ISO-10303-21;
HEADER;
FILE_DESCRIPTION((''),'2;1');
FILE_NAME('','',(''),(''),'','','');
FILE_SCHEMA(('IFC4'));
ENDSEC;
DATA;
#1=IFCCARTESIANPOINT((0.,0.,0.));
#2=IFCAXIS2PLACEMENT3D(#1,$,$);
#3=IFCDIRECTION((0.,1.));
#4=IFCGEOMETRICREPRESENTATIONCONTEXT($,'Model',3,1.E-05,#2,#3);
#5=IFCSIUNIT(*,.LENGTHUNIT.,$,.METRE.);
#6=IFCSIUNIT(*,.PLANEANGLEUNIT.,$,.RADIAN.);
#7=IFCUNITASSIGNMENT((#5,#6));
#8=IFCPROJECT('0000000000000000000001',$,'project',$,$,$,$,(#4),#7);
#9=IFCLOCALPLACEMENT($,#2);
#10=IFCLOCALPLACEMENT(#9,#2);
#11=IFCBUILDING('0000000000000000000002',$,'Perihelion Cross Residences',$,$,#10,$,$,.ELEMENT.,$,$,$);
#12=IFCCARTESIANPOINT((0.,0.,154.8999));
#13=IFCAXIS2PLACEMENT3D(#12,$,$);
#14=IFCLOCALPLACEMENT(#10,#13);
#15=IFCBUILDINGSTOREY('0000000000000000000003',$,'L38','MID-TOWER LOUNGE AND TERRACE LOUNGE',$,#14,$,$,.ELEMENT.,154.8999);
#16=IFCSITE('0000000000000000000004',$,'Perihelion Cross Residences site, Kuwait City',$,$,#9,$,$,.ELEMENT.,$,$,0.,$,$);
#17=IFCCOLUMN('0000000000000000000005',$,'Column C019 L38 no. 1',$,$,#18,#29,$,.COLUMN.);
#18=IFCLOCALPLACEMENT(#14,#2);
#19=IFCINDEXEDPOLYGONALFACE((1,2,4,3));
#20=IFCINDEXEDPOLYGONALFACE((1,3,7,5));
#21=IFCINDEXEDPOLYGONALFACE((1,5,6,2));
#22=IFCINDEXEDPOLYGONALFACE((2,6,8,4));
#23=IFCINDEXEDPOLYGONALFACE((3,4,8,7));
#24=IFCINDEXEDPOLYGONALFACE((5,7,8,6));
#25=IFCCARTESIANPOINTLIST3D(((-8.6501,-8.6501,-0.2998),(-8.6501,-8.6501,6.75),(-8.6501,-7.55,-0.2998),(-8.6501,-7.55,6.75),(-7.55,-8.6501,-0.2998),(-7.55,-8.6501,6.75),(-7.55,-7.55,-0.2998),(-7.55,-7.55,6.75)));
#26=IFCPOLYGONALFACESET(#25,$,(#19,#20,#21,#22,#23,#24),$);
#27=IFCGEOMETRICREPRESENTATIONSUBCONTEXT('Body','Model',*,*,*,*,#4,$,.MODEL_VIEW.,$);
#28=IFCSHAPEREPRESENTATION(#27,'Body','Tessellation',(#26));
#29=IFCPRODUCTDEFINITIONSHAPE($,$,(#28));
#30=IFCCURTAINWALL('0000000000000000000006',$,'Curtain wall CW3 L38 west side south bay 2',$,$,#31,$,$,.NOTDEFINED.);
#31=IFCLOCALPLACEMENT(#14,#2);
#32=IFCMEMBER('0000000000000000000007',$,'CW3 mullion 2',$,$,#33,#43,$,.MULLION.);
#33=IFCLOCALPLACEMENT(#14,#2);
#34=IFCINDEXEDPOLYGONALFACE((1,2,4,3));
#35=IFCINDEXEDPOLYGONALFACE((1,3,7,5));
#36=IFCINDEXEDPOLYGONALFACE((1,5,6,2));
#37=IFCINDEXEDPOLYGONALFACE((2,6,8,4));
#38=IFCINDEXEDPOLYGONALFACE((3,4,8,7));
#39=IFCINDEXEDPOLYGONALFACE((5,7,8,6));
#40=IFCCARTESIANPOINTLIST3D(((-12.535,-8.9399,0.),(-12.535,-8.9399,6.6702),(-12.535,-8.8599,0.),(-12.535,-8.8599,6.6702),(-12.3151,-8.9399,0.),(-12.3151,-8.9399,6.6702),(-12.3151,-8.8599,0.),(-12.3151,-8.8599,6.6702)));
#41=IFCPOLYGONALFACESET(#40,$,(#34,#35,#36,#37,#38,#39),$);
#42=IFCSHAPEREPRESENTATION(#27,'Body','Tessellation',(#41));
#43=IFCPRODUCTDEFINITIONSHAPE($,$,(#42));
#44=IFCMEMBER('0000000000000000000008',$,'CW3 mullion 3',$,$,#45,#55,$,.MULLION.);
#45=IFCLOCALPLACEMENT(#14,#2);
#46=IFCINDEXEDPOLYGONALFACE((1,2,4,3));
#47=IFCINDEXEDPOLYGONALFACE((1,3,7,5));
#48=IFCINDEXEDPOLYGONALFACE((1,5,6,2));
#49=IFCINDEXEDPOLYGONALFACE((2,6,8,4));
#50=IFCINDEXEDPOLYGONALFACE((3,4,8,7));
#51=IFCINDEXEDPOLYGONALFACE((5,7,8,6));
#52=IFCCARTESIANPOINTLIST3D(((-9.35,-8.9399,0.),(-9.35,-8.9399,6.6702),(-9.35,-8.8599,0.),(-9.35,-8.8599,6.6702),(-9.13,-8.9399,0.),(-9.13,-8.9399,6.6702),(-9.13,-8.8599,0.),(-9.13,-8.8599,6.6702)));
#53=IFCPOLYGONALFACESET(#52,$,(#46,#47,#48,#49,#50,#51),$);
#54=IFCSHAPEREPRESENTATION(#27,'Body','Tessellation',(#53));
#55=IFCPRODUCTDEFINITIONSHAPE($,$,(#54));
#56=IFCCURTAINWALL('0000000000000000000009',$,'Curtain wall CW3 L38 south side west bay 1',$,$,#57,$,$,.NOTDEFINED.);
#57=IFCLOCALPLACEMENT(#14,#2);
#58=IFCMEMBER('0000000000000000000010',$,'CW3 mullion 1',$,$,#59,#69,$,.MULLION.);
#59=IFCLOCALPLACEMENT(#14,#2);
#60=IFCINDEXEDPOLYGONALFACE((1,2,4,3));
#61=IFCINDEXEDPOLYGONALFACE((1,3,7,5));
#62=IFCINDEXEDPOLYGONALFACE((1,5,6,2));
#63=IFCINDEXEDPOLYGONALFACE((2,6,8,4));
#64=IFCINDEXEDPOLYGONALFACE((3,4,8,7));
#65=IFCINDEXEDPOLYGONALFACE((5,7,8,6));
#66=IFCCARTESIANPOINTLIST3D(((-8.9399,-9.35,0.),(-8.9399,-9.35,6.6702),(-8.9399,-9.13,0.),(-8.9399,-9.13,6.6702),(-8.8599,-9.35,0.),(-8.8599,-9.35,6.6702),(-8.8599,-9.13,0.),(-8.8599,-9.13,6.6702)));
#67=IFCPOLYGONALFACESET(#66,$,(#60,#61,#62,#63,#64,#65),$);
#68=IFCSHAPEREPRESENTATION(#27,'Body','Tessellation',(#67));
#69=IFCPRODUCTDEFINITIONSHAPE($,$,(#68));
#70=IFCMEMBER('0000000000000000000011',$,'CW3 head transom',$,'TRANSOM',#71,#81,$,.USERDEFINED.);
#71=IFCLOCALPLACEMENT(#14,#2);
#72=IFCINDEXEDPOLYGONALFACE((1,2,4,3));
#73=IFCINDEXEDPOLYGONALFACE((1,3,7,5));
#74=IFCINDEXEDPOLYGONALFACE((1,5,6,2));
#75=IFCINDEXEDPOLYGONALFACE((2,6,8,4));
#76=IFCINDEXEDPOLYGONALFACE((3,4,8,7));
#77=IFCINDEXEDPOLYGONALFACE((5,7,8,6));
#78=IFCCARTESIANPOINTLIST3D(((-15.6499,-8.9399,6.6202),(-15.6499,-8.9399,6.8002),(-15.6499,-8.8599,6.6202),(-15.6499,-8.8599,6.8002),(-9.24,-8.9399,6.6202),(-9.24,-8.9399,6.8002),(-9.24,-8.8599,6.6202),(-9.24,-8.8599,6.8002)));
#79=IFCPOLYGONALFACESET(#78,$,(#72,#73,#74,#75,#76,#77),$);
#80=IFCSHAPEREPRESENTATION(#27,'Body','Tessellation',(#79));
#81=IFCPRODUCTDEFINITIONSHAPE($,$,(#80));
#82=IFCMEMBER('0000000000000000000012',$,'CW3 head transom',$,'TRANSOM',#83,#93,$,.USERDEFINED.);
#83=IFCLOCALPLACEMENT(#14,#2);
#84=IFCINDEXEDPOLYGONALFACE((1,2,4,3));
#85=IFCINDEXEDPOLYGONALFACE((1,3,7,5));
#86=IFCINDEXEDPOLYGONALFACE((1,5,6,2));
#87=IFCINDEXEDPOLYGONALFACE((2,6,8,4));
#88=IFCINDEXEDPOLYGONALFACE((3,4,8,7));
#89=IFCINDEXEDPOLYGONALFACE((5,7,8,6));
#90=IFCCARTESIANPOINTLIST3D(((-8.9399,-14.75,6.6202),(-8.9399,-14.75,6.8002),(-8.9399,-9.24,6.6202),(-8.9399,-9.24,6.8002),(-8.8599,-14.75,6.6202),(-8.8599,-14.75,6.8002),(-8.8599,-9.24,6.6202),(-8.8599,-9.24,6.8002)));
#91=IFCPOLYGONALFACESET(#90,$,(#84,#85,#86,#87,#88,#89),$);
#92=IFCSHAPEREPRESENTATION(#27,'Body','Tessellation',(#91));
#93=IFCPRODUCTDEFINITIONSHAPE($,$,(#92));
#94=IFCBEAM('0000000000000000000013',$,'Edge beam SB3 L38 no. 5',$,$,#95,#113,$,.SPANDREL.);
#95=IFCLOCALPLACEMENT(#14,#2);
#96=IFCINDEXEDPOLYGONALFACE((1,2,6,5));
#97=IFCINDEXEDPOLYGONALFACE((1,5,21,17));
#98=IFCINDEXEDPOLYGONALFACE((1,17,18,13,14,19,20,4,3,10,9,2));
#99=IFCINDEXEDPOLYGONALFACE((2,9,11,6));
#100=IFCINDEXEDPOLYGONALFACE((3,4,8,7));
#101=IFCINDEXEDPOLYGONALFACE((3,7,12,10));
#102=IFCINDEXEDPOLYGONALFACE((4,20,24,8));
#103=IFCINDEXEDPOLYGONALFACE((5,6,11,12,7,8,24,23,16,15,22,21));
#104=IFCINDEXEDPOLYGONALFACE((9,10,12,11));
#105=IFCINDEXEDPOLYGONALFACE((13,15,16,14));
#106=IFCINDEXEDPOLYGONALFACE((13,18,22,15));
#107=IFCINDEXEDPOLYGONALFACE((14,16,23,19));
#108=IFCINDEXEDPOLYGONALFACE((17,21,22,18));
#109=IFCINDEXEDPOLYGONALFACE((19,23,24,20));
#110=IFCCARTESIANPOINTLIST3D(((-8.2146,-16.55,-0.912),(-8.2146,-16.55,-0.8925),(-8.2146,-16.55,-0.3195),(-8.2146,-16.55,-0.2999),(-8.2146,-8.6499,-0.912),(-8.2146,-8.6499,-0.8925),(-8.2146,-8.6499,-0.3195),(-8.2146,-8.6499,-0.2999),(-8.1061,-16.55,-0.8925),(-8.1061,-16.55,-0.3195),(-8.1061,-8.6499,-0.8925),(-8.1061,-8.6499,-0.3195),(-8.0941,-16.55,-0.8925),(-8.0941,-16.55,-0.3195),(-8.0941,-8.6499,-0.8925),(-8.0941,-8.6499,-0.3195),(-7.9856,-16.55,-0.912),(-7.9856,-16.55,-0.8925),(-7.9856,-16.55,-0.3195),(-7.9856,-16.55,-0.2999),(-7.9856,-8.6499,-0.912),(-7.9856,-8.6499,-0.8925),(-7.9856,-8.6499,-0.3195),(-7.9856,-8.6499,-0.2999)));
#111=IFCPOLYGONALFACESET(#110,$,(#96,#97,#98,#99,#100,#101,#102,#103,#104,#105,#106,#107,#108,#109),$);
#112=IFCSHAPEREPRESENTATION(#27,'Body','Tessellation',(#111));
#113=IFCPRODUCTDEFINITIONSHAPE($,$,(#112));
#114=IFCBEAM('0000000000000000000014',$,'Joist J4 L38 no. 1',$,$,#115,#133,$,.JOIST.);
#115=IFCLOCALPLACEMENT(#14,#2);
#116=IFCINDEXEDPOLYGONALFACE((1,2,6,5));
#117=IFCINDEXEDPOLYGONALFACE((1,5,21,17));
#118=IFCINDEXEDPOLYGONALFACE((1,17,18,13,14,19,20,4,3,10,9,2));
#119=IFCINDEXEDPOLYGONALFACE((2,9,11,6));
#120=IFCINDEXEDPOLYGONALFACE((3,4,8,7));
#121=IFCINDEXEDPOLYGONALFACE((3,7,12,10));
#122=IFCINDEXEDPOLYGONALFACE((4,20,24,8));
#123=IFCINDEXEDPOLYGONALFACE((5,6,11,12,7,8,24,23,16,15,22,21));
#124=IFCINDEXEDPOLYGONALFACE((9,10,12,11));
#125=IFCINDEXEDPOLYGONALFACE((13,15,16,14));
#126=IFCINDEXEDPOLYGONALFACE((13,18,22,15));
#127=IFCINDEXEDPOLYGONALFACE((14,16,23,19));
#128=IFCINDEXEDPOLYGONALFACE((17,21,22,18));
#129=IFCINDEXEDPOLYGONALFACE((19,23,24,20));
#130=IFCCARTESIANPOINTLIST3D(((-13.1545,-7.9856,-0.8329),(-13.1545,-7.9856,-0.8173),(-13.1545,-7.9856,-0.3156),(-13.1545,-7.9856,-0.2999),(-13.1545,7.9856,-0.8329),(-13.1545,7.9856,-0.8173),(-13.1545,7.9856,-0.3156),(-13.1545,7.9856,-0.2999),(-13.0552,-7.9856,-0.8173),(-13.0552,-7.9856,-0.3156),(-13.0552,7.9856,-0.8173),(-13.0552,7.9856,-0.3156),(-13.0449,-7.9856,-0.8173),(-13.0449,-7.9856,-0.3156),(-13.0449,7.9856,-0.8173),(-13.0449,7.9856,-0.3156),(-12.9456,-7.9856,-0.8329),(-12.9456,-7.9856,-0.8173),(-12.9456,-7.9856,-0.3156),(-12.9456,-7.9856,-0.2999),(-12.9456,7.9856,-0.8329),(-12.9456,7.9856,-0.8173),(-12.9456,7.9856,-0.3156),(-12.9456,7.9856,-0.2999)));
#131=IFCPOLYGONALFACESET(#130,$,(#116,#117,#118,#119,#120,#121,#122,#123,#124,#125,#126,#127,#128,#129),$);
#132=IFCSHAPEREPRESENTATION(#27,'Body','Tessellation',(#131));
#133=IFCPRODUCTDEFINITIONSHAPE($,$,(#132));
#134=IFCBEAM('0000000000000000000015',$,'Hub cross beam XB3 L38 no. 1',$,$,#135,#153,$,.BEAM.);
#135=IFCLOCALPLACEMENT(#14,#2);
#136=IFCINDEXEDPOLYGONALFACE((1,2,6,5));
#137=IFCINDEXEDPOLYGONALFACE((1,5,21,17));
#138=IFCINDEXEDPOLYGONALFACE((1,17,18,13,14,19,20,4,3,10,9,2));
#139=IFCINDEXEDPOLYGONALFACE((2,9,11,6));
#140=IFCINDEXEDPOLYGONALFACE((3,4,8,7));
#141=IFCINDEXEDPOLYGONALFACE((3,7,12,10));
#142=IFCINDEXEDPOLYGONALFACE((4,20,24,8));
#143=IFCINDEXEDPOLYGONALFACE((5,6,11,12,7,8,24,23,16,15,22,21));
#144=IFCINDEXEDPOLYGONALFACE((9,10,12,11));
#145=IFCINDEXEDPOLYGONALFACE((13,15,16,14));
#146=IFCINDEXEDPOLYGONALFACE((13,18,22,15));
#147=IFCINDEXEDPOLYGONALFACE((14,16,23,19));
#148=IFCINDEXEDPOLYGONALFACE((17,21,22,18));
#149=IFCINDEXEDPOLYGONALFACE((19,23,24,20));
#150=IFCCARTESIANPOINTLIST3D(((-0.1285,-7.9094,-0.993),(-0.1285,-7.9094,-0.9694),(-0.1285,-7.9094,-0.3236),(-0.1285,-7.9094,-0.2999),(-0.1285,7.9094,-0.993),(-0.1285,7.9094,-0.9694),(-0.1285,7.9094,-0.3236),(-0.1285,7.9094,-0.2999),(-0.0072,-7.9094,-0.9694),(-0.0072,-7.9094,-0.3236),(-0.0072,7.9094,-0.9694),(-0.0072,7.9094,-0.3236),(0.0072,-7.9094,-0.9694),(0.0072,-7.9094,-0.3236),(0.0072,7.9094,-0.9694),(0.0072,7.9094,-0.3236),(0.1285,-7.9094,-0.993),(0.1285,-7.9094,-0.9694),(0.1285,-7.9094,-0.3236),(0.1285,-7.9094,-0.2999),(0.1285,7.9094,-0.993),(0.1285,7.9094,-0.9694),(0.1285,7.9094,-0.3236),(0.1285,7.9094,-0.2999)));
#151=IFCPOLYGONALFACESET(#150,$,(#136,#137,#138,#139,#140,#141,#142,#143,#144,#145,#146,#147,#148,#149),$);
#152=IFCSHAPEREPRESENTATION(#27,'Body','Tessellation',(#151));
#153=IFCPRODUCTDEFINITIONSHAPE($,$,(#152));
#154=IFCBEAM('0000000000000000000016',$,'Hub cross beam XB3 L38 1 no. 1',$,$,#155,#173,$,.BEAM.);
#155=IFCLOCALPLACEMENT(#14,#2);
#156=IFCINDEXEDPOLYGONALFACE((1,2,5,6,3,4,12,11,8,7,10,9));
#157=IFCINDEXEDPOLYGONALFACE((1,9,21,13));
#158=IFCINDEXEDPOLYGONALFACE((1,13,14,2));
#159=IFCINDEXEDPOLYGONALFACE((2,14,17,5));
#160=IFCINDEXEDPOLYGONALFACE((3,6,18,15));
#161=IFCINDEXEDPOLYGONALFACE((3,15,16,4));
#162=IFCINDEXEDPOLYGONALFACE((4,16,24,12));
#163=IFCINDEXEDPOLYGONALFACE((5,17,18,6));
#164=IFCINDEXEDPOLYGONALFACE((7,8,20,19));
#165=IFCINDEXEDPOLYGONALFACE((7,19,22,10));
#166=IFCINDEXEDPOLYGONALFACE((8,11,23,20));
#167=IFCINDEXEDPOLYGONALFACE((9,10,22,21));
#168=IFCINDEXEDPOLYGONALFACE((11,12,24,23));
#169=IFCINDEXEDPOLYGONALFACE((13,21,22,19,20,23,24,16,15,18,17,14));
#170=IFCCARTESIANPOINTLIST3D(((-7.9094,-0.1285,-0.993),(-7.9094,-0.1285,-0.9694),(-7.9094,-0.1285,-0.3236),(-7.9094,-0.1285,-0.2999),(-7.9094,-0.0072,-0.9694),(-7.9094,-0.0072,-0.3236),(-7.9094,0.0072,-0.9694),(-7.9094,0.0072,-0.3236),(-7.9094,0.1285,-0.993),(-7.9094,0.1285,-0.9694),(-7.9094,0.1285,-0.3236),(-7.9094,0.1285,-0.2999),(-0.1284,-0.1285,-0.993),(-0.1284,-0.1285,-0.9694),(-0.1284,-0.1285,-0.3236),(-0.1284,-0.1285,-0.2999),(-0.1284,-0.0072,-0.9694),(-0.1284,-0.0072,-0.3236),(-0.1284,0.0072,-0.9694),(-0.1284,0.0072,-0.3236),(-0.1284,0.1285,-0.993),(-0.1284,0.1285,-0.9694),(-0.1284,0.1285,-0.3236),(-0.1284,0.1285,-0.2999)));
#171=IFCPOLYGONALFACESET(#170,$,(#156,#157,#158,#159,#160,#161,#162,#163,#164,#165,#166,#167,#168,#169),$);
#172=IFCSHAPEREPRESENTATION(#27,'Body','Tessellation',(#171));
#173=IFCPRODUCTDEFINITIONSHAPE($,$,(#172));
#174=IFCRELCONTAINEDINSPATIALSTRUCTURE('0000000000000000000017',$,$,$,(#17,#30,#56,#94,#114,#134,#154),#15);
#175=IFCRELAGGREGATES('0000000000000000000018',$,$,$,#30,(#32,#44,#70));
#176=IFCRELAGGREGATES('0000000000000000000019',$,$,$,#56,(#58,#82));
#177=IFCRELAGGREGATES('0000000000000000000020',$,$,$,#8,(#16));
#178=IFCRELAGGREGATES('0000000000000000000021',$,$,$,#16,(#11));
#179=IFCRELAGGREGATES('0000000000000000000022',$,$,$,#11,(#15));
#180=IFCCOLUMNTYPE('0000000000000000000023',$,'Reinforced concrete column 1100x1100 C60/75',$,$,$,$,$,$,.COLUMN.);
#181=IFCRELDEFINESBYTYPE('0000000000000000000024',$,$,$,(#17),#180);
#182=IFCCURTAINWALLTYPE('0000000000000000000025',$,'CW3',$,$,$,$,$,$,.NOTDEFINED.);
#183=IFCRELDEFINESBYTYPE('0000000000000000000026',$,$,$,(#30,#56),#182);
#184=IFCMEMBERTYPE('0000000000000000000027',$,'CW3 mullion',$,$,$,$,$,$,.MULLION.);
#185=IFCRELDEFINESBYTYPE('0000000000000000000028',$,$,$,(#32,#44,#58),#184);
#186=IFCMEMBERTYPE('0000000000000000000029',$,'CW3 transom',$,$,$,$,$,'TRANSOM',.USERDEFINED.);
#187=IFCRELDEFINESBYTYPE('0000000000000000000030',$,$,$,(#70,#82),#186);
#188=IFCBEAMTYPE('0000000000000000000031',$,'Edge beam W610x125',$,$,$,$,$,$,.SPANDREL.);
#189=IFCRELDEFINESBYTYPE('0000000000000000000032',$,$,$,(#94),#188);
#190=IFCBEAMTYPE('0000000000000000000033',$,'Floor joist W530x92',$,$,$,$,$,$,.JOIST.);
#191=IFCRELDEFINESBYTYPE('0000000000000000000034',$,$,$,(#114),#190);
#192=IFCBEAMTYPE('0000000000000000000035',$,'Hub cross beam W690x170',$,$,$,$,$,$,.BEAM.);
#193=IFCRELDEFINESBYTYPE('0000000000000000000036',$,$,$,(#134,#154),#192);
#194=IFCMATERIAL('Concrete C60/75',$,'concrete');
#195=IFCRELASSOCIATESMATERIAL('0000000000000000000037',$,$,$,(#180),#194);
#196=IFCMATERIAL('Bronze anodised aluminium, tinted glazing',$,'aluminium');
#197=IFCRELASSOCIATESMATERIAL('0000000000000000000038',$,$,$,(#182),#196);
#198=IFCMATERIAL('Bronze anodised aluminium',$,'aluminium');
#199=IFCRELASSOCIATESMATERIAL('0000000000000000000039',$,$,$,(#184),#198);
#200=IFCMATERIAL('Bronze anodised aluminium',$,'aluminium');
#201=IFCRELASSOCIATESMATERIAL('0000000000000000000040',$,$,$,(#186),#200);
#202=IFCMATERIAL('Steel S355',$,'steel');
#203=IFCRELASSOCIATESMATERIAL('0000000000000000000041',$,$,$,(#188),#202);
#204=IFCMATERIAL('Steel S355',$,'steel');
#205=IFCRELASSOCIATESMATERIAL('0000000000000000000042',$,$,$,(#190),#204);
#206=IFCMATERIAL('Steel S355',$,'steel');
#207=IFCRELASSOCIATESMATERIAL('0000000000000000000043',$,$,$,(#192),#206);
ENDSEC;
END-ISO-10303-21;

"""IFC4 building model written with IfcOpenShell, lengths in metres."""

from ifc_helpers import new_model, si_unit, direction, frame, origin, origin_2d, place, context, subcontext, project, spatial, rectangle, i_section, extrude, material, material_profile, profile_set, type_object, element, aggregate, save


model = new_model("IFC4")

# Units and contexts
model_context = context("Model", 3, precision=1e-05, world=origin(), true_north=direction((0.0, 1.0)))
body_context = subcontext(model_context, "Body", "Model", "MODEL_VIEW")
ifc_project = project(units=[si_unit("LENGTHUNIT", "METRE"), si_unit("PLANEANGLEUNIT", "RADIAN")], contexts=[model_context])

# Site, building, storey
site_placement = place(None, origin())
site = spatial("IfcSite", under=ifc_project, at=site_placement, Name="Perihelion Cross Residences site, Kuwait City", CompositionType="ELEMENT", RefElevation=0.0)
building_placement = place(site_placement, origin())
building = spatial("IfcBuilding", under=site, at=building_placement, Name="Perihelion Cross Residences", CompositionType="ELEMENT")
storey_placement = place(building_placement, frame((0.0, 0.0, 154.8999)))
storey = spatial("IfcBuildingStorey", under=building, at=storey_placement, Name="L38", Description="MID-TOWER LOUNGE AND TERRACE LOUNGE", CompositionType="ELEMENT", Elevation=154.8999)

# Column
ifc_material_1 = material(Name="Concrete C60/75", Category="concrete")
ifc_material_profile_1 = material_profile(ifc_material_1, rectangle(XDim=1.1001, YDim=1.1001, at=origin_2d()), Name="RC 1100x1100")
ifc_profile_set_1 = profile_set([ifc_material_profile_1], Name="Concrete C60/75")
column_type = type_object("IfcColumnType", Name="Reinforced concrete column 1100x1100 C60/75", PredefinedType="COLUMN", material=ifc_profile_set_1)
column_placement = place(storey_placement, frame((-8.1001, -8.1001, -0.2998), z_axis=(0.0, 0.0, 1.0), x_axis=(1.0, 0.0, 0.0)))
element("IfcColumn", 1, at=column_placement, inside=storey, type_object=column_type, Name="Column C019 L38 no. 1", PredefinedType="COLUMN", context=body_context, shape_type="SweptSolid", body=[
    extrude(rectangle(XDim=1.1001, YDim=1.1001, at=origin_2d()), origin(), (0.0, 0.0, 1.0), 7.0498),
])

# Curtain wall, members
ifc_material_2 = material(Name="Bronze anodised aluminium, tinted glazing", Category="aluminium")
curtain_wall_type = type_object("IfcCurtainWallType", Name="CW3", PredefinedType="NOTDEFINED", material=ifc_material_2)
curtain_wall_1_placement = place(storey_placement, origin())
curtain_wall_1 = element("IfcCurtainWall", 2, at=curtain_wall_1_placement, inside=storey, type_object=curtain_wall_type, Name="Curtain wall CW3 L38 west side south bay 2", PredefinedType="NOTDEFINED")
ifc_material_3 = material(Name="Bronze anodised aluminium", Category="aluminium")
ifc_material_profile_2 = material_profile(ifc_material_3, rectangle(XDim=0.0801, YDim=0.22, at=origin_2d()), Name="CW3 mullion")
ifc_profile_set_2 = profile_set([ifc_material_profile_2], Name="Bronze anodised aluminium")
member_type_1 = type_object("IfcMemberType", Name="CW3 mullion", PredefinedType="MULLION", material=ifc_profile_set_2)
member_1_placement = place(storey_placement, frame((-12.425, -8.8999, 0.0), z_axis=(0.0, 0.0, 1.0), x_axis=(0.0, 1.0, 0.0)))
member_1 = element("IfcMember", 3, at=member_1_placement, type_object=member_type_1, Name="CW3 mullion 2", PredefinedType="MULLION", context=body_context, shape_type="SweptSolid", body=[
    extrude(rectangle(XDim=0.0801, YDim=0.22, at=origin_2d()), origin(), (0.0, 0.0, 1.0), 6.6702),
])
member_2_placement = place(storey_placement, frame((-9.24, -8.8999, 0.0), z_axis=(0.0, 0.0, 1.0), x_axis=(0.0, 1.0, 0.0)))
member_2 = element("IfcMember", 4, at=member_2_placement, type_object=member_type_1, Name="CW3 mullion 3", PredefinedType="MULLION", context=body_context, shape_type="SweptSolid", body=[
    extrude(rectangle(XDim=0.0801, YDim=0.22, at=origin_2d()), origin(), (0.0, 0.0, 1.0), 6.6702),
])

# Curtain wall, member
curtain_wall_2_placement = place(storey_placement, origin())
curtain_wall_2 = element("IfcCurtainWall", 5, at=curtain_wall_2_placement, inside=storey, type_object=curtain_wall_type, Name="Curtain wall CW3 L38 south side west bay 1", PredefinedType="NOTDEFINED")
member_3_placement = place(storey_placement, frame((-8.8999, -9.24, 0.0), z_axis=(0.0, 0.0, 1.0), x_axis=(1.0, 0.0, 0.0)))
member_3 = element("IfcMember", 6, at=member_3_placement, type_object=member_type_1, Name="CW3 mullion 1", PredefinedType="MULLION", context=body_context, shape_type="SweptSolid", body=[
    extrude(rectangle(XDim=0.0801, YDim=0.22, at=origin_2d()), origin(), (0.0, 0.0, 1.0), 6.6702),
])

# Members
ifc_material_4 = material(Name="Bronze anodised aluminium", Category="aluminium")
ifc_material_profile_3 = material_profile(ifc_material_4, rectangle(XDim=0.0801, YDim=0.1799, at=origin_2d()), Name="CW3 transom")
ifc_profile_set_3 = profile_set([ifc_material_profile_3], Name="Bronze anodised aluminium")
member_type_2 = type_object("IfcMemberType", Name="CW3 transom", ElementType="TRANSOM", PredefinedType="USERDEFINED", material=ifc_profile_set_3)
member_4_placement = place(storey_placement, frame((-15.6499, -8.8999, 6.7102), z_axis=(1.0, 0.0, 0.0), x_axis=(0.0, 1.0, 0.0)))
member_4 = element("IfcMember", 7, at=member_4_placement, type_object=member_type_2, Name="CW3 head transom", ObjectType="TRANSOM", PredefinedType="USERDEFINED", context=body_context, shape_type="SweptSolid", body=[
    extrude(rectangle(XDim=0.0801, YDim=0.1799, at=origin_2d()), origin(), (0.0, 0.0, 1.0), 6.4099),
])
member_5_placement = place(storey_placement, frame((-8.8999, -9.24, 6.7102), z_axis=(0.0, -1.0, 0.0), x_axis=(1.0, 0.0, 0.0)))
member_5 = element("IfcMember", 8, at=member_5_placement, type_object=member_type_2, Name="CW3 head transom", ObjectType="TRANSOM", PredefinedType="USERDEFINED", context=body_context, shape_type="SweptSolid", body=[
    extrude(rectangle(XDim=0.0801, YDim=0.1799, at=origin_2d()), origin(), (0.0, 0.0, 1.0), 5.51),
])

# Beams
ifc_material_5 = material(Name="Steel S355", Category="steel")
ifc_material_profile_4 = material_profile(ifc_material_5, i_section(OverallWidth=0.229, OverallDepth=0.6121, WebThickness=0.012, FlangeThickness=0.0195, at=origin_2d()), Name="W610x125")
ifc_profile_set_4 = profile_set([ifc_material_profile_4], Name="Steel S355")
beam_type_1 = type_object("IfcBeamType", Name="Edge beam W610x125", PredefinedType="SPANDREL", material=ifc_profile_set_4)
beam_1_placement = place(storey_placement, frame((-8.1001, -8.6499, -0.606), z_axis=(0.0, -1.0, 0.0), x_axis=(1.0, 0.0, 0.0)))
element("IfcBeam", 9, at=beam_1_placement, inside=storey, type_object=beam_type_1, Name="Edge beam SB3 L38 no. 5", PredefinedType="SPANDREL", context=body_context, shape_type="SweptSolid", body=[
    extrude(i_section(OverallWidth=0.229, OverallDepth=0.6121, WebThickness=0.012, FlangeThickness=0.0195, at=origin_2d()), origin(), (0.0, 0.0, 1.0), 7.9001),
])
ifc_material_6 = material(Name="Steel S355", Category="steel")
ifc_material_profile_5 = material_profile(ifc_material_6, i_section(OverallWidth=0.209, OverallDepth=0.533, WebThickness=0.0103, FlangeThickness=0.0156, at=origin_2d()), Name="W530x92")
ifc_profile_set_5 = profile_set([ifc_material_profile_5], Name="Steel S355")
beam_type_2 = type_object("IfcBeamType", Name="Floor joist W530x92", PredefinedType="JOIST", material=ifc_profile_set_5)
beam_2_placement = place(storey_placement, frame((-13.05, -7.9856, -0.5664), z_axis=(0.0, 1.0, 0.0), x_axis=(-1.0, 0.0, 0.0)))
element("IfcBeam", 10, at=beam_2_placement, inside=storey, type_object=beam_type_2, Name="Joist J4 L38 no. 1", PredefinedType="JOIST", context=body_context, shape_type="SweptSolid", body=[
    extrude(i_section(OverallWidth=0.209, OverallDepth=0.533, WebThickness=0.0103, FlangeThickness=0.0156, at=origin_2d()), origin(), (0.0, 0.0, 1.0), 15.9712),
])
ifc_material_7 = material(Name="Steel S355", Category="steel")
ifc_material_profile_6 = material_profile(ifc_material_7, i_section(OverallWidth=0.2571, OverallDepth=0.6931, WebThickness=0.0144, FlangeThickness=0.0237, at=origin_2d()), Name="W690x170")
ifc_profile_set_6 = profile_set([ifc_material_profile_6], Name="Steel S355")
beam_type_3 = type_object("IfcBeamType", Name="Hub cross beam W690x170", PredefinedType="BEAM", material=ifc_profile_set_6)
beam_3_placement = place(storey_placement, frame((0.0, -7.9094, -0.6465), z_axis=(0.0, 1.0, 0.0), x_axis=(-1.0, 0.0, 0.0)))
element("IfcBeam", 11, at=beam_3_placement, inside=storey, type_object=beam_type_3, Name="Hub cross beam XB3 L38 no. 1", PredefinedType="BEAM", context=body_context, shape_type="SweptSolid", body=[
    extrude(i_section(OverallWidth=0.2571, OverallDepth=0.6931, WebThickness=0.0144, FlangeThickness=0.0237, at=origin_2d()), origin(), (0.0, 0.0, 1.0), 15.8188),
])
beam_4_placement = place(storey_placement, frame((-7.9094, 0.0, -0.6465), z_axis=(1.0, 0.0, 0.0), x_axis=(0.0, 1.0, 0.0)))
element("IfcBeam", 12, at=beam_4_placement, inside=storey, type_object=beam_type_3, Name="Hub cross beam XB3 L38 1 no. 1", PredefinedType="BEAM", context=body_context, shape_type="SweptSolid", body=[
    extrude(i_section(OverallWidth=0.2571, OverallDepth=0.6931, WebThickness=0.0144, FlangeThickness=0.0237, at=origin_2d()), origin(), (0.0, 0.0, 1.0), 7.781),
])

aggregate(curtain_wall_1, [member_1, member_2, member_4])
aggregate(curtain_wall_2, [member_3, member_5])

save(model, "model.ifc")
